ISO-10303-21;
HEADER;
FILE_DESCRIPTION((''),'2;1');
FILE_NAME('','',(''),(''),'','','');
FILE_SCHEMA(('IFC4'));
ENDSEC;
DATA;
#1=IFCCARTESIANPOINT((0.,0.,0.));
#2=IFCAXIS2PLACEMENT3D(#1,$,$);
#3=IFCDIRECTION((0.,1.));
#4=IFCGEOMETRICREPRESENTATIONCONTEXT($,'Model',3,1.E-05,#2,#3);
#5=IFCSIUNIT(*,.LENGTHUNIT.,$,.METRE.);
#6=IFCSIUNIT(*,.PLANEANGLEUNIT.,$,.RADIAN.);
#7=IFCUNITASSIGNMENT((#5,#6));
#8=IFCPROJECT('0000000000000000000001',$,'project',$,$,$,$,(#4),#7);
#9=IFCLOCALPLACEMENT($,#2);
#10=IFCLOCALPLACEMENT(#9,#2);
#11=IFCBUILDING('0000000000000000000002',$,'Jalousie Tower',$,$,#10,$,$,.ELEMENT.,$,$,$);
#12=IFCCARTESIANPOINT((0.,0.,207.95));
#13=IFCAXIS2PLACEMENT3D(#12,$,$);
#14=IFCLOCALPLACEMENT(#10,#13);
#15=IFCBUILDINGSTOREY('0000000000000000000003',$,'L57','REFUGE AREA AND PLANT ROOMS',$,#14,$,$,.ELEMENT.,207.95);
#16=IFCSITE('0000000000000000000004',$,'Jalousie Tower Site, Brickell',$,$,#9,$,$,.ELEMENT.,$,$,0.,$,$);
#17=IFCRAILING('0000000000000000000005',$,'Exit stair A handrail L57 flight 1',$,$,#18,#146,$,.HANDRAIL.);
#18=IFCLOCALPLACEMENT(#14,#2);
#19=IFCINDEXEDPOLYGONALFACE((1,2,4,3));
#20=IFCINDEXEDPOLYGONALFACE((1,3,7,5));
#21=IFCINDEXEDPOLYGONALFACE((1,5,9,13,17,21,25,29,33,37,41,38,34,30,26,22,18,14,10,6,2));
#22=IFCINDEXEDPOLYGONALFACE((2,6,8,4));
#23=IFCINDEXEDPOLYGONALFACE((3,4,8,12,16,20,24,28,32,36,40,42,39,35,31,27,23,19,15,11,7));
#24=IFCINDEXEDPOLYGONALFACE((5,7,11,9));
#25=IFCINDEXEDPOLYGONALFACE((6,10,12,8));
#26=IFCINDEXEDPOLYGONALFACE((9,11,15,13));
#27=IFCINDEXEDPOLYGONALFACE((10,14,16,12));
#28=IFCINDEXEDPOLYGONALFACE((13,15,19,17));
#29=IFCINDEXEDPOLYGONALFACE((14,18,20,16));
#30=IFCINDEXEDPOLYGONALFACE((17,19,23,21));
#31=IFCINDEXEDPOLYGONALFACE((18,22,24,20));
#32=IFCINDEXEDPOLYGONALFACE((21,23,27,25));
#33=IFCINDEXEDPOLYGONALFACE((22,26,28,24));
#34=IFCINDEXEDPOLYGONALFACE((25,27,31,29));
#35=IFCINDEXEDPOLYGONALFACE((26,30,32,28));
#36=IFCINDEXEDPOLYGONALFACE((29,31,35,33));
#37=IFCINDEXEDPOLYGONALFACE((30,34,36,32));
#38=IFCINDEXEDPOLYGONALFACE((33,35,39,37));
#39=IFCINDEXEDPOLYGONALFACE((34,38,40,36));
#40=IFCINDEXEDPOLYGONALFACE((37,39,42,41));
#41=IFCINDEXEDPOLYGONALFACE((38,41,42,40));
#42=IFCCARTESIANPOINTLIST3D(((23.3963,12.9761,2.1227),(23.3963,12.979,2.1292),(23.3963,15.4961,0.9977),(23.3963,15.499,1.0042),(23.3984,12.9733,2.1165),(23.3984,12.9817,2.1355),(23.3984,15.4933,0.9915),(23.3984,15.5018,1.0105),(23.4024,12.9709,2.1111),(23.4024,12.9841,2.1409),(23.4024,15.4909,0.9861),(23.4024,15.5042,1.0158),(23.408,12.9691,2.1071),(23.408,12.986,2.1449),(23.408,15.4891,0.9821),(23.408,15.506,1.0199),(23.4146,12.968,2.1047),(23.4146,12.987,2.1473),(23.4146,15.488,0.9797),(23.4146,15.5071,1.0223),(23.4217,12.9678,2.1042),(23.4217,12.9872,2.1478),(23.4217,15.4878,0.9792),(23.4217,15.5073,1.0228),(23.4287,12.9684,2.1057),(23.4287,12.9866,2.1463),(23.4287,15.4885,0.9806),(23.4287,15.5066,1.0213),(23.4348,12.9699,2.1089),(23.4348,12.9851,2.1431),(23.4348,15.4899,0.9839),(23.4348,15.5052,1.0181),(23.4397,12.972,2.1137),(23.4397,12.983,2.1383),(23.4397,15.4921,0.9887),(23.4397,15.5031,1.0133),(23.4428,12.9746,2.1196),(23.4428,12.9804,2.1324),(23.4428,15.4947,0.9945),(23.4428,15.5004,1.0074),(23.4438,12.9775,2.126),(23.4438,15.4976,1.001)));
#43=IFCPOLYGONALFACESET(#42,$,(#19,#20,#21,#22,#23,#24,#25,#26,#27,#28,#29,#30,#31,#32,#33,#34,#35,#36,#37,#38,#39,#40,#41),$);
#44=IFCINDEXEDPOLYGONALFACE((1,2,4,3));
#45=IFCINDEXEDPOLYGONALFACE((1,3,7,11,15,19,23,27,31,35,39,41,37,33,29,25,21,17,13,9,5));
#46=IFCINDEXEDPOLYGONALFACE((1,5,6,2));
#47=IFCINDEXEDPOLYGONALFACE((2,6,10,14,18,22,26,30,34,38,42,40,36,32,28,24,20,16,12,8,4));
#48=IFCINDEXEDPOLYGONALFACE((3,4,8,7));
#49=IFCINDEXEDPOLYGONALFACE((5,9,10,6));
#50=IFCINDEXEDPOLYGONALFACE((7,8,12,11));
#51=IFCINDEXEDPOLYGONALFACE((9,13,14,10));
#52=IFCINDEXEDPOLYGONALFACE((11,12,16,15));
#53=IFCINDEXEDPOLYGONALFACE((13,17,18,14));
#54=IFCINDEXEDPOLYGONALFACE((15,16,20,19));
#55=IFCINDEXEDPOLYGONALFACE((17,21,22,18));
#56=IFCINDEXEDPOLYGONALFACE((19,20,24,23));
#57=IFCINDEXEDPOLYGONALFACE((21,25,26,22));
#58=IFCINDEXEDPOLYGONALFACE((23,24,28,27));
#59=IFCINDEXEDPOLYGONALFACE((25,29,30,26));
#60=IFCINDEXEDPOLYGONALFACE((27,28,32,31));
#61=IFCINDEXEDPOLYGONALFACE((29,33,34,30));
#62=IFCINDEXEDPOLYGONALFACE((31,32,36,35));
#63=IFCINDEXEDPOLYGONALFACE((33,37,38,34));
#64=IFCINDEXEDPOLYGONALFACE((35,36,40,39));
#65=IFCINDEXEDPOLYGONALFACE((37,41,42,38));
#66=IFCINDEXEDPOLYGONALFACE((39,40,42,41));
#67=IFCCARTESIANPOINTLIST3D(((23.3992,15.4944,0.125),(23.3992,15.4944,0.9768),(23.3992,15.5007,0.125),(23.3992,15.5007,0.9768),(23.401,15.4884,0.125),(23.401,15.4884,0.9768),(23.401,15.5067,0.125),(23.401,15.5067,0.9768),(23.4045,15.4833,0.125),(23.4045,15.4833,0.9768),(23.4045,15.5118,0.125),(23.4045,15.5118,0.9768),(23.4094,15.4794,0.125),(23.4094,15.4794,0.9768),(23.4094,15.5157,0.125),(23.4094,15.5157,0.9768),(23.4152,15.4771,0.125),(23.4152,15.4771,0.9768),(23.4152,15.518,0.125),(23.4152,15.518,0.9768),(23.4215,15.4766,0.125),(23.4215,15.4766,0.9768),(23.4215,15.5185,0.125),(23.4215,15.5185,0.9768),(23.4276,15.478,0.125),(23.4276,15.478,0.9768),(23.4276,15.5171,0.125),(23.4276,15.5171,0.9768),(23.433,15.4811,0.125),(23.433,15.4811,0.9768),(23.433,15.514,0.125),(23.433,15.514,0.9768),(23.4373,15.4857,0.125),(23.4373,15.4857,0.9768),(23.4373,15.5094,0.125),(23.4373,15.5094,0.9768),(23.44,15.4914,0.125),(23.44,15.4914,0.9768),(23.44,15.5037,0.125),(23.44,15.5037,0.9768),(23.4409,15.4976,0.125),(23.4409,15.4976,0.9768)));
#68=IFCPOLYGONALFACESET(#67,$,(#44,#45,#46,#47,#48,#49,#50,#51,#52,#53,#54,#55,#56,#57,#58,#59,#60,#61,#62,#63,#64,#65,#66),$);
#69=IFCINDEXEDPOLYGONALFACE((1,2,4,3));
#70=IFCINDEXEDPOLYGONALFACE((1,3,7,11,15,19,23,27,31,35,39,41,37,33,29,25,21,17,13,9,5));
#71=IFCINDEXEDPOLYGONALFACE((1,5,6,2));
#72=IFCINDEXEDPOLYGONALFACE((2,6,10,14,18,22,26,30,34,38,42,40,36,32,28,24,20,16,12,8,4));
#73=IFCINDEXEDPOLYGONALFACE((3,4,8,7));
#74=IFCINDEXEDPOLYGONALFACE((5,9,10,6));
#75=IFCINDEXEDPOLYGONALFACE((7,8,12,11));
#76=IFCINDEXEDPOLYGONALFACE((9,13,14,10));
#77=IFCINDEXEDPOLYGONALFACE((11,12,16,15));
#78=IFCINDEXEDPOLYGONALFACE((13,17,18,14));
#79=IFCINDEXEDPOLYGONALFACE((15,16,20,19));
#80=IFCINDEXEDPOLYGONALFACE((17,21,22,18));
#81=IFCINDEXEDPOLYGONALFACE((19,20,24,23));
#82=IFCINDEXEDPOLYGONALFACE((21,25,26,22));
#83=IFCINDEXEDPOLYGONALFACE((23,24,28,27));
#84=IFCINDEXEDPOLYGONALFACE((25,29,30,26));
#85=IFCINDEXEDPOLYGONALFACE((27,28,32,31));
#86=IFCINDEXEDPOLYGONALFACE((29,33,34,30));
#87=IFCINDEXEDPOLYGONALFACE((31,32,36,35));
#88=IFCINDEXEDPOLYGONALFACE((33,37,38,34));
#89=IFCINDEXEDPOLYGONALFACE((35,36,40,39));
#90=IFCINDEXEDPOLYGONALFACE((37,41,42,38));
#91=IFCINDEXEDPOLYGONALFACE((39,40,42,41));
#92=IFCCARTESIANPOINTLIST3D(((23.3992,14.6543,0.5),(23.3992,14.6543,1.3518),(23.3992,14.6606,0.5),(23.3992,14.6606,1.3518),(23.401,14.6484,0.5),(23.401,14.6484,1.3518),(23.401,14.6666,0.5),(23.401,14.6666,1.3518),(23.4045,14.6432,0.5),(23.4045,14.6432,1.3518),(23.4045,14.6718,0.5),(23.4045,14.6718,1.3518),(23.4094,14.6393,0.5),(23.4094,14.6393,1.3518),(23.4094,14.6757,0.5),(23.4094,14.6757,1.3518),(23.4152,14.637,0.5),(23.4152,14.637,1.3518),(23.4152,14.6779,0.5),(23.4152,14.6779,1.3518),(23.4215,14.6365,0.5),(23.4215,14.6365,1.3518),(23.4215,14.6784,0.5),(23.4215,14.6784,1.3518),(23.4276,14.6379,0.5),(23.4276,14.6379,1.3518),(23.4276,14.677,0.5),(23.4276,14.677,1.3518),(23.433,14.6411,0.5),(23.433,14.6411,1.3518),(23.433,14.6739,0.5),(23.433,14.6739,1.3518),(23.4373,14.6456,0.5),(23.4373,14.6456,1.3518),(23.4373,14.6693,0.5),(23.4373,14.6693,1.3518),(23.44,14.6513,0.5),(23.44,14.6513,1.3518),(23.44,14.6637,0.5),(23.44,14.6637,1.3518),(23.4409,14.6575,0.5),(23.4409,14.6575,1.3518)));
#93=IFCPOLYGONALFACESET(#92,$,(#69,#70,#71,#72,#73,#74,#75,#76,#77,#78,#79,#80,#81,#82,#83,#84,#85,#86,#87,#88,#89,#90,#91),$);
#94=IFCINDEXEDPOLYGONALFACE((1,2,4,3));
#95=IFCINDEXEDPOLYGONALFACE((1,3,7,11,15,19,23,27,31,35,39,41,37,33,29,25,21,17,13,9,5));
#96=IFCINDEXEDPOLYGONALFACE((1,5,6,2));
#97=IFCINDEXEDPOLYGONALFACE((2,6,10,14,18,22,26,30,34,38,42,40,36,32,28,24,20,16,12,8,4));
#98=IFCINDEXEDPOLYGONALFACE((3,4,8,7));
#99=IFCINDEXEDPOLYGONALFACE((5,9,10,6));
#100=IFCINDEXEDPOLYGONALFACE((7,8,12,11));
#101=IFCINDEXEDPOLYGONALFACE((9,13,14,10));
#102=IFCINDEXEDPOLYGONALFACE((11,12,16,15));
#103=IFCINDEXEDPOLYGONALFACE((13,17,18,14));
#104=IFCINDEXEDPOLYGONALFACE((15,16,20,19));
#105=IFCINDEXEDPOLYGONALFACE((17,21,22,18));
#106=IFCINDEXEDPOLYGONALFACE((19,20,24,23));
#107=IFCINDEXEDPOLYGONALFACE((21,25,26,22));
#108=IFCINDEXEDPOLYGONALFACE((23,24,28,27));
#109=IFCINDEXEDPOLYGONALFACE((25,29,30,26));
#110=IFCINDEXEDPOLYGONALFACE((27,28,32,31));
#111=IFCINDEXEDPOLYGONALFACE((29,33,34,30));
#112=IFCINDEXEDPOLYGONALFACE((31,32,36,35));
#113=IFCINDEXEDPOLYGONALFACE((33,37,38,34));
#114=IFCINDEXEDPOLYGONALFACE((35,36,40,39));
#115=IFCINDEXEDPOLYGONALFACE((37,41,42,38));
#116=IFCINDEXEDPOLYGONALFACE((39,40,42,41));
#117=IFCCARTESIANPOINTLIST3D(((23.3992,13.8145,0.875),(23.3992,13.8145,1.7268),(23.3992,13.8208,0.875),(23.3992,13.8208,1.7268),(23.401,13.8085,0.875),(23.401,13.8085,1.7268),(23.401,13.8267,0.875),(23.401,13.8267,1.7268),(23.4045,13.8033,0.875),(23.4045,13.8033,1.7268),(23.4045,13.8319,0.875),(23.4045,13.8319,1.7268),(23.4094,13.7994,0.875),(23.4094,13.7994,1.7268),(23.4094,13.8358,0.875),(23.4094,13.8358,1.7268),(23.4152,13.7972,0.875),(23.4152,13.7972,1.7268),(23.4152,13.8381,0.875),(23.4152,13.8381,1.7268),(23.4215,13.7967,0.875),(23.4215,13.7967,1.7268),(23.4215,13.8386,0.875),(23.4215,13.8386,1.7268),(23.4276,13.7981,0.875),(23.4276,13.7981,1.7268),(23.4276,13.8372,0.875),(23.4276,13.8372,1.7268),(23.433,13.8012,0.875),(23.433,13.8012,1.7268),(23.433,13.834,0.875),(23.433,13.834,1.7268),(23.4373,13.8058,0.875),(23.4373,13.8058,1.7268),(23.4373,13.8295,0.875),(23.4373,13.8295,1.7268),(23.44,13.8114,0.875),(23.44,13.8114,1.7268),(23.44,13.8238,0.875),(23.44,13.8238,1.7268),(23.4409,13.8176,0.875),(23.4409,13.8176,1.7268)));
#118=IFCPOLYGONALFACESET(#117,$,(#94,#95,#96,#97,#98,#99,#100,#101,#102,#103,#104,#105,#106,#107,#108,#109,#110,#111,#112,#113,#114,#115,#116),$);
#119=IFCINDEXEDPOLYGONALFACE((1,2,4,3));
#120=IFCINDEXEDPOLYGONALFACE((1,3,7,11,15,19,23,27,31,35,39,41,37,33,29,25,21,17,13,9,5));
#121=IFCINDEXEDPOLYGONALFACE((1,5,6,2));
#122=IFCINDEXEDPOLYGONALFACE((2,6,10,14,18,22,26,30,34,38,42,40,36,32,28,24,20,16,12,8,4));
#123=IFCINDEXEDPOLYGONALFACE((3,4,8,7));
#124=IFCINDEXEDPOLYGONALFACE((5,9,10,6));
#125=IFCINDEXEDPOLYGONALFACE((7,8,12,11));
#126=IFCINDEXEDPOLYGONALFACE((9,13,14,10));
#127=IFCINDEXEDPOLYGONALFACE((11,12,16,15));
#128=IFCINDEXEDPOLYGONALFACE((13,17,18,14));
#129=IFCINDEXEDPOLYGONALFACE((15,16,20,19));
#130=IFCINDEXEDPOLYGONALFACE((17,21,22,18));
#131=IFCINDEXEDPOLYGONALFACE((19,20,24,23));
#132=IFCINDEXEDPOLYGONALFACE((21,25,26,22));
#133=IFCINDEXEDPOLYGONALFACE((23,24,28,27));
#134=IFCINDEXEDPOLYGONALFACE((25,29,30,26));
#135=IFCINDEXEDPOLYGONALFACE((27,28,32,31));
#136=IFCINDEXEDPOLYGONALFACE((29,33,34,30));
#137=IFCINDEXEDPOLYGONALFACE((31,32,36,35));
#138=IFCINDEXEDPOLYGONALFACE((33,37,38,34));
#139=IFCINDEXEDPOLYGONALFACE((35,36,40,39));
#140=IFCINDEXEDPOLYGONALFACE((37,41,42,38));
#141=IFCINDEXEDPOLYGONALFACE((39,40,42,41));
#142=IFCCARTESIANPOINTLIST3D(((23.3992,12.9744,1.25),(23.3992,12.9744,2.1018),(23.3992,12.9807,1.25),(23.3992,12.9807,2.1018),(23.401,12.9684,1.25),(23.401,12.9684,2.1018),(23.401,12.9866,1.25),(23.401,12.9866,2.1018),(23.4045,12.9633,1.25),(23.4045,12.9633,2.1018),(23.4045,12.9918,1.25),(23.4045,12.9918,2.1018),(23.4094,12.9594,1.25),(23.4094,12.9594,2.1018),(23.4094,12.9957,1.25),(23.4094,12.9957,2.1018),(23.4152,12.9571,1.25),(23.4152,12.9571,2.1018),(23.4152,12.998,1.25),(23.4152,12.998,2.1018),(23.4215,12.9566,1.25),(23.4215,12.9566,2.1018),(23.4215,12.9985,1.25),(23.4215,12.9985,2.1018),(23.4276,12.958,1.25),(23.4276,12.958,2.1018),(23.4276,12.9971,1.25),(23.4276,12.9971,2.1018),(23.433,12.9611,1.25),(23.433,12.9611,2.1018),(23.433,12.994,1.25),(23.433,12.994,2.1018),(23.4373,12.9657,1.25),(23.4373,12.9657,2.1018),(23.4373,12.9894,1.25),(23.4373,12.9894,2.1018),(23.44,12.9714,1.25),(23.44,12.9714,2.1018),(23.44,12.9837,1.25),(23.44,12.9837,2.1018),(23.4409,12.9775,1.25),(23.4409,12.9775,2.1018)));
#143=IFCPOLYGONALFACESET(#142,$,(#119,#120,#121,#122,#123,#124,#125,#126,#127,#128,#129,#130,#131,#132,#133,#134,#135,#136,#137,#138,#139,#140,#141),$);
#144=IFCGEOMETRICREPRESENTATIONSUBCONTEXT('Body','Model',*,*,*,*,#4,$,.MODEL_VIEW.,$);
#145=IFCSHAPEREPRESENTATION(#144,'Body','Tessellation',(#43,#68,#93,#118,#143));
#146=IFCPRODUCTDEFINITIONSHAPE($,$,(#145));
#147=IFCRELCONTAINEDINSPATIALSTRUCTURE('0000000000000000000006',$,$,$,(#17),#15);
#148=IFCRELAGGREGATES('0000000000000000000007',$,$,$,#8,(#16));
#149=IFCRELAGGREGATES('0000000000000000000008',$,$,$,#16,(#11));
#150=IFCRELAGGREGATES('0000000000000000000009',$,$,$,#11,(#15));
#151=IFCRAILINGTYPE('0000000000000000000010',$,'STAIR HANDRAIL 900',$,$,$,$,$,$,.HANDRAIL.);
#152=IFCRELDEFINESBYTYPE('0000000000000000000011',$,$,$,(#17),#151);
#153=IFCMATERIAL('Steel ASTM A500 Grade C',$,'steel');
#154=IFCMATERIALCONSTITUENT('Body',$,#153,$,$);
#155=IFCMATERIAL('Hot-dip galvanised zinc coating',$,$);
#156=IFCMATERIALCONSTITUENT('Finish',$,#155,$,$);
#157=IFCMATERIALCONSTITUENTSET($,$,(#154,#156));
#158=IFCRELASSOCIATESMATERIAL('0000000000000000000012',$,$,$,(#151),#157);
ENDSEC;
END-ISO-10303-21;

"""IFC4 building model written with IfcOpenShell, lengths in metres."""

from ifc_helpers import new_model, si_unit, direction, frame, origin, origin_2d, place, context, subcontext, project, spatial, circle, extrude, material, constituent, constituent_set, type_object, element, save


model = new_model("IFC4")

# Units and contexts
model_context = context("Model", 3, precision=1e-05, world=origin(), true_north=direction((0.0, 1.0)))
body_context = subcontext(model_context, "Body", "Model", "MODEL_VIEW")
ifc_project = project(units=[si_unit("LENGTHUNIT", "METRE"), si_unit("PLANEANGLEUNIT", "RADIAN")], contexts=[model_context])

# Site, building, storey
site_placement = place(None, origin())
site = spatial("IfcSite", under=ifc_project, at=site_placement, Name="Jalousie Tower Site, Brickell", CompositionType="ELEMENT", RefElevation=0.0)
building_placement = place(site_placement, origin())
building = spatial("IfcBuilding", under=site, at=building_placement, Name="Jalousie Tower", CompositionType="ELEMENT")
storey_placement = place(building_placement, frame((0.0, 0.0, 207.95)))
storey = spatial("IfcBuildingStorey", under=building, at=storey_placement, Name="L57", Description="REFUGE AREA AND PLANT ROOMS", CompositionType="ELEMENT", Elevation=207.95)

# Railing
ifc_material_1 = material(Name="Steel ASTM A500 Grade C", Category="steel")
ifc_constituent_1 = constituent(ifc_material_1, Name="Body")
ifc_material_2 = material(Name="Hot-dip galvanised zinc coating")
ifc_constituent_2 = constituent(ifc_material_2, Name="Finish")
ifc_constituent_set_1 = constituent_set(constituents=[ifc_constituent_1, ifc_constituent_2])
railing_type_1 = type_object("IfcRailingType", Name="STAIR HANDRAIL 900", PredefinedType="HANDRAIL", material=ifc_constituent_set_1)
for number, where, name in (
    (1, (23.4199, 15.4976, 0.125), "Exit stair A handrail L57 flight 1"),
):
    element("IfcRailing", number, at=place(storey_placement, frame(where)), inside=storey, type_object=railing_type_1, Name=name, PredefinedType="HANDRAIL", context=body_context, shape_type="SweptSolid", body=[
        extrude(circle(Radius=0.0239, at=origin_2d()), frame((0.0, 0.0, 0.876), z_axis=(0.0, -0.913139, 0.407648), x_axis=(1.0, 0.0, 0.0)), (0.0, 0.0, 1.0), 2.7598),
        extrude(circle(Radius=0.021, at=origin_2d()), origin(), (0.0, 0.0, 1.0), 0.8518),
        extrude(circle(Radius=0.021, at=origin_2d()), frame((0.0, -0.8401, 0.375)), (0.0, 0.0, 1.0), 0.8518),
        extrude(circle(Radius=0.021, at=origin_2d()), frame((0.0, -1.6799, 0.75)), (0.0, 0.0, 1.0), 0.8518),
        extrude(circle(Radius=0.021, at=origin_2d()), frame((0.0, -2.52, 1.125)), (0.0, 0.0, 1.0), 0.8518),
    ])

save(model, "model.ifc")
